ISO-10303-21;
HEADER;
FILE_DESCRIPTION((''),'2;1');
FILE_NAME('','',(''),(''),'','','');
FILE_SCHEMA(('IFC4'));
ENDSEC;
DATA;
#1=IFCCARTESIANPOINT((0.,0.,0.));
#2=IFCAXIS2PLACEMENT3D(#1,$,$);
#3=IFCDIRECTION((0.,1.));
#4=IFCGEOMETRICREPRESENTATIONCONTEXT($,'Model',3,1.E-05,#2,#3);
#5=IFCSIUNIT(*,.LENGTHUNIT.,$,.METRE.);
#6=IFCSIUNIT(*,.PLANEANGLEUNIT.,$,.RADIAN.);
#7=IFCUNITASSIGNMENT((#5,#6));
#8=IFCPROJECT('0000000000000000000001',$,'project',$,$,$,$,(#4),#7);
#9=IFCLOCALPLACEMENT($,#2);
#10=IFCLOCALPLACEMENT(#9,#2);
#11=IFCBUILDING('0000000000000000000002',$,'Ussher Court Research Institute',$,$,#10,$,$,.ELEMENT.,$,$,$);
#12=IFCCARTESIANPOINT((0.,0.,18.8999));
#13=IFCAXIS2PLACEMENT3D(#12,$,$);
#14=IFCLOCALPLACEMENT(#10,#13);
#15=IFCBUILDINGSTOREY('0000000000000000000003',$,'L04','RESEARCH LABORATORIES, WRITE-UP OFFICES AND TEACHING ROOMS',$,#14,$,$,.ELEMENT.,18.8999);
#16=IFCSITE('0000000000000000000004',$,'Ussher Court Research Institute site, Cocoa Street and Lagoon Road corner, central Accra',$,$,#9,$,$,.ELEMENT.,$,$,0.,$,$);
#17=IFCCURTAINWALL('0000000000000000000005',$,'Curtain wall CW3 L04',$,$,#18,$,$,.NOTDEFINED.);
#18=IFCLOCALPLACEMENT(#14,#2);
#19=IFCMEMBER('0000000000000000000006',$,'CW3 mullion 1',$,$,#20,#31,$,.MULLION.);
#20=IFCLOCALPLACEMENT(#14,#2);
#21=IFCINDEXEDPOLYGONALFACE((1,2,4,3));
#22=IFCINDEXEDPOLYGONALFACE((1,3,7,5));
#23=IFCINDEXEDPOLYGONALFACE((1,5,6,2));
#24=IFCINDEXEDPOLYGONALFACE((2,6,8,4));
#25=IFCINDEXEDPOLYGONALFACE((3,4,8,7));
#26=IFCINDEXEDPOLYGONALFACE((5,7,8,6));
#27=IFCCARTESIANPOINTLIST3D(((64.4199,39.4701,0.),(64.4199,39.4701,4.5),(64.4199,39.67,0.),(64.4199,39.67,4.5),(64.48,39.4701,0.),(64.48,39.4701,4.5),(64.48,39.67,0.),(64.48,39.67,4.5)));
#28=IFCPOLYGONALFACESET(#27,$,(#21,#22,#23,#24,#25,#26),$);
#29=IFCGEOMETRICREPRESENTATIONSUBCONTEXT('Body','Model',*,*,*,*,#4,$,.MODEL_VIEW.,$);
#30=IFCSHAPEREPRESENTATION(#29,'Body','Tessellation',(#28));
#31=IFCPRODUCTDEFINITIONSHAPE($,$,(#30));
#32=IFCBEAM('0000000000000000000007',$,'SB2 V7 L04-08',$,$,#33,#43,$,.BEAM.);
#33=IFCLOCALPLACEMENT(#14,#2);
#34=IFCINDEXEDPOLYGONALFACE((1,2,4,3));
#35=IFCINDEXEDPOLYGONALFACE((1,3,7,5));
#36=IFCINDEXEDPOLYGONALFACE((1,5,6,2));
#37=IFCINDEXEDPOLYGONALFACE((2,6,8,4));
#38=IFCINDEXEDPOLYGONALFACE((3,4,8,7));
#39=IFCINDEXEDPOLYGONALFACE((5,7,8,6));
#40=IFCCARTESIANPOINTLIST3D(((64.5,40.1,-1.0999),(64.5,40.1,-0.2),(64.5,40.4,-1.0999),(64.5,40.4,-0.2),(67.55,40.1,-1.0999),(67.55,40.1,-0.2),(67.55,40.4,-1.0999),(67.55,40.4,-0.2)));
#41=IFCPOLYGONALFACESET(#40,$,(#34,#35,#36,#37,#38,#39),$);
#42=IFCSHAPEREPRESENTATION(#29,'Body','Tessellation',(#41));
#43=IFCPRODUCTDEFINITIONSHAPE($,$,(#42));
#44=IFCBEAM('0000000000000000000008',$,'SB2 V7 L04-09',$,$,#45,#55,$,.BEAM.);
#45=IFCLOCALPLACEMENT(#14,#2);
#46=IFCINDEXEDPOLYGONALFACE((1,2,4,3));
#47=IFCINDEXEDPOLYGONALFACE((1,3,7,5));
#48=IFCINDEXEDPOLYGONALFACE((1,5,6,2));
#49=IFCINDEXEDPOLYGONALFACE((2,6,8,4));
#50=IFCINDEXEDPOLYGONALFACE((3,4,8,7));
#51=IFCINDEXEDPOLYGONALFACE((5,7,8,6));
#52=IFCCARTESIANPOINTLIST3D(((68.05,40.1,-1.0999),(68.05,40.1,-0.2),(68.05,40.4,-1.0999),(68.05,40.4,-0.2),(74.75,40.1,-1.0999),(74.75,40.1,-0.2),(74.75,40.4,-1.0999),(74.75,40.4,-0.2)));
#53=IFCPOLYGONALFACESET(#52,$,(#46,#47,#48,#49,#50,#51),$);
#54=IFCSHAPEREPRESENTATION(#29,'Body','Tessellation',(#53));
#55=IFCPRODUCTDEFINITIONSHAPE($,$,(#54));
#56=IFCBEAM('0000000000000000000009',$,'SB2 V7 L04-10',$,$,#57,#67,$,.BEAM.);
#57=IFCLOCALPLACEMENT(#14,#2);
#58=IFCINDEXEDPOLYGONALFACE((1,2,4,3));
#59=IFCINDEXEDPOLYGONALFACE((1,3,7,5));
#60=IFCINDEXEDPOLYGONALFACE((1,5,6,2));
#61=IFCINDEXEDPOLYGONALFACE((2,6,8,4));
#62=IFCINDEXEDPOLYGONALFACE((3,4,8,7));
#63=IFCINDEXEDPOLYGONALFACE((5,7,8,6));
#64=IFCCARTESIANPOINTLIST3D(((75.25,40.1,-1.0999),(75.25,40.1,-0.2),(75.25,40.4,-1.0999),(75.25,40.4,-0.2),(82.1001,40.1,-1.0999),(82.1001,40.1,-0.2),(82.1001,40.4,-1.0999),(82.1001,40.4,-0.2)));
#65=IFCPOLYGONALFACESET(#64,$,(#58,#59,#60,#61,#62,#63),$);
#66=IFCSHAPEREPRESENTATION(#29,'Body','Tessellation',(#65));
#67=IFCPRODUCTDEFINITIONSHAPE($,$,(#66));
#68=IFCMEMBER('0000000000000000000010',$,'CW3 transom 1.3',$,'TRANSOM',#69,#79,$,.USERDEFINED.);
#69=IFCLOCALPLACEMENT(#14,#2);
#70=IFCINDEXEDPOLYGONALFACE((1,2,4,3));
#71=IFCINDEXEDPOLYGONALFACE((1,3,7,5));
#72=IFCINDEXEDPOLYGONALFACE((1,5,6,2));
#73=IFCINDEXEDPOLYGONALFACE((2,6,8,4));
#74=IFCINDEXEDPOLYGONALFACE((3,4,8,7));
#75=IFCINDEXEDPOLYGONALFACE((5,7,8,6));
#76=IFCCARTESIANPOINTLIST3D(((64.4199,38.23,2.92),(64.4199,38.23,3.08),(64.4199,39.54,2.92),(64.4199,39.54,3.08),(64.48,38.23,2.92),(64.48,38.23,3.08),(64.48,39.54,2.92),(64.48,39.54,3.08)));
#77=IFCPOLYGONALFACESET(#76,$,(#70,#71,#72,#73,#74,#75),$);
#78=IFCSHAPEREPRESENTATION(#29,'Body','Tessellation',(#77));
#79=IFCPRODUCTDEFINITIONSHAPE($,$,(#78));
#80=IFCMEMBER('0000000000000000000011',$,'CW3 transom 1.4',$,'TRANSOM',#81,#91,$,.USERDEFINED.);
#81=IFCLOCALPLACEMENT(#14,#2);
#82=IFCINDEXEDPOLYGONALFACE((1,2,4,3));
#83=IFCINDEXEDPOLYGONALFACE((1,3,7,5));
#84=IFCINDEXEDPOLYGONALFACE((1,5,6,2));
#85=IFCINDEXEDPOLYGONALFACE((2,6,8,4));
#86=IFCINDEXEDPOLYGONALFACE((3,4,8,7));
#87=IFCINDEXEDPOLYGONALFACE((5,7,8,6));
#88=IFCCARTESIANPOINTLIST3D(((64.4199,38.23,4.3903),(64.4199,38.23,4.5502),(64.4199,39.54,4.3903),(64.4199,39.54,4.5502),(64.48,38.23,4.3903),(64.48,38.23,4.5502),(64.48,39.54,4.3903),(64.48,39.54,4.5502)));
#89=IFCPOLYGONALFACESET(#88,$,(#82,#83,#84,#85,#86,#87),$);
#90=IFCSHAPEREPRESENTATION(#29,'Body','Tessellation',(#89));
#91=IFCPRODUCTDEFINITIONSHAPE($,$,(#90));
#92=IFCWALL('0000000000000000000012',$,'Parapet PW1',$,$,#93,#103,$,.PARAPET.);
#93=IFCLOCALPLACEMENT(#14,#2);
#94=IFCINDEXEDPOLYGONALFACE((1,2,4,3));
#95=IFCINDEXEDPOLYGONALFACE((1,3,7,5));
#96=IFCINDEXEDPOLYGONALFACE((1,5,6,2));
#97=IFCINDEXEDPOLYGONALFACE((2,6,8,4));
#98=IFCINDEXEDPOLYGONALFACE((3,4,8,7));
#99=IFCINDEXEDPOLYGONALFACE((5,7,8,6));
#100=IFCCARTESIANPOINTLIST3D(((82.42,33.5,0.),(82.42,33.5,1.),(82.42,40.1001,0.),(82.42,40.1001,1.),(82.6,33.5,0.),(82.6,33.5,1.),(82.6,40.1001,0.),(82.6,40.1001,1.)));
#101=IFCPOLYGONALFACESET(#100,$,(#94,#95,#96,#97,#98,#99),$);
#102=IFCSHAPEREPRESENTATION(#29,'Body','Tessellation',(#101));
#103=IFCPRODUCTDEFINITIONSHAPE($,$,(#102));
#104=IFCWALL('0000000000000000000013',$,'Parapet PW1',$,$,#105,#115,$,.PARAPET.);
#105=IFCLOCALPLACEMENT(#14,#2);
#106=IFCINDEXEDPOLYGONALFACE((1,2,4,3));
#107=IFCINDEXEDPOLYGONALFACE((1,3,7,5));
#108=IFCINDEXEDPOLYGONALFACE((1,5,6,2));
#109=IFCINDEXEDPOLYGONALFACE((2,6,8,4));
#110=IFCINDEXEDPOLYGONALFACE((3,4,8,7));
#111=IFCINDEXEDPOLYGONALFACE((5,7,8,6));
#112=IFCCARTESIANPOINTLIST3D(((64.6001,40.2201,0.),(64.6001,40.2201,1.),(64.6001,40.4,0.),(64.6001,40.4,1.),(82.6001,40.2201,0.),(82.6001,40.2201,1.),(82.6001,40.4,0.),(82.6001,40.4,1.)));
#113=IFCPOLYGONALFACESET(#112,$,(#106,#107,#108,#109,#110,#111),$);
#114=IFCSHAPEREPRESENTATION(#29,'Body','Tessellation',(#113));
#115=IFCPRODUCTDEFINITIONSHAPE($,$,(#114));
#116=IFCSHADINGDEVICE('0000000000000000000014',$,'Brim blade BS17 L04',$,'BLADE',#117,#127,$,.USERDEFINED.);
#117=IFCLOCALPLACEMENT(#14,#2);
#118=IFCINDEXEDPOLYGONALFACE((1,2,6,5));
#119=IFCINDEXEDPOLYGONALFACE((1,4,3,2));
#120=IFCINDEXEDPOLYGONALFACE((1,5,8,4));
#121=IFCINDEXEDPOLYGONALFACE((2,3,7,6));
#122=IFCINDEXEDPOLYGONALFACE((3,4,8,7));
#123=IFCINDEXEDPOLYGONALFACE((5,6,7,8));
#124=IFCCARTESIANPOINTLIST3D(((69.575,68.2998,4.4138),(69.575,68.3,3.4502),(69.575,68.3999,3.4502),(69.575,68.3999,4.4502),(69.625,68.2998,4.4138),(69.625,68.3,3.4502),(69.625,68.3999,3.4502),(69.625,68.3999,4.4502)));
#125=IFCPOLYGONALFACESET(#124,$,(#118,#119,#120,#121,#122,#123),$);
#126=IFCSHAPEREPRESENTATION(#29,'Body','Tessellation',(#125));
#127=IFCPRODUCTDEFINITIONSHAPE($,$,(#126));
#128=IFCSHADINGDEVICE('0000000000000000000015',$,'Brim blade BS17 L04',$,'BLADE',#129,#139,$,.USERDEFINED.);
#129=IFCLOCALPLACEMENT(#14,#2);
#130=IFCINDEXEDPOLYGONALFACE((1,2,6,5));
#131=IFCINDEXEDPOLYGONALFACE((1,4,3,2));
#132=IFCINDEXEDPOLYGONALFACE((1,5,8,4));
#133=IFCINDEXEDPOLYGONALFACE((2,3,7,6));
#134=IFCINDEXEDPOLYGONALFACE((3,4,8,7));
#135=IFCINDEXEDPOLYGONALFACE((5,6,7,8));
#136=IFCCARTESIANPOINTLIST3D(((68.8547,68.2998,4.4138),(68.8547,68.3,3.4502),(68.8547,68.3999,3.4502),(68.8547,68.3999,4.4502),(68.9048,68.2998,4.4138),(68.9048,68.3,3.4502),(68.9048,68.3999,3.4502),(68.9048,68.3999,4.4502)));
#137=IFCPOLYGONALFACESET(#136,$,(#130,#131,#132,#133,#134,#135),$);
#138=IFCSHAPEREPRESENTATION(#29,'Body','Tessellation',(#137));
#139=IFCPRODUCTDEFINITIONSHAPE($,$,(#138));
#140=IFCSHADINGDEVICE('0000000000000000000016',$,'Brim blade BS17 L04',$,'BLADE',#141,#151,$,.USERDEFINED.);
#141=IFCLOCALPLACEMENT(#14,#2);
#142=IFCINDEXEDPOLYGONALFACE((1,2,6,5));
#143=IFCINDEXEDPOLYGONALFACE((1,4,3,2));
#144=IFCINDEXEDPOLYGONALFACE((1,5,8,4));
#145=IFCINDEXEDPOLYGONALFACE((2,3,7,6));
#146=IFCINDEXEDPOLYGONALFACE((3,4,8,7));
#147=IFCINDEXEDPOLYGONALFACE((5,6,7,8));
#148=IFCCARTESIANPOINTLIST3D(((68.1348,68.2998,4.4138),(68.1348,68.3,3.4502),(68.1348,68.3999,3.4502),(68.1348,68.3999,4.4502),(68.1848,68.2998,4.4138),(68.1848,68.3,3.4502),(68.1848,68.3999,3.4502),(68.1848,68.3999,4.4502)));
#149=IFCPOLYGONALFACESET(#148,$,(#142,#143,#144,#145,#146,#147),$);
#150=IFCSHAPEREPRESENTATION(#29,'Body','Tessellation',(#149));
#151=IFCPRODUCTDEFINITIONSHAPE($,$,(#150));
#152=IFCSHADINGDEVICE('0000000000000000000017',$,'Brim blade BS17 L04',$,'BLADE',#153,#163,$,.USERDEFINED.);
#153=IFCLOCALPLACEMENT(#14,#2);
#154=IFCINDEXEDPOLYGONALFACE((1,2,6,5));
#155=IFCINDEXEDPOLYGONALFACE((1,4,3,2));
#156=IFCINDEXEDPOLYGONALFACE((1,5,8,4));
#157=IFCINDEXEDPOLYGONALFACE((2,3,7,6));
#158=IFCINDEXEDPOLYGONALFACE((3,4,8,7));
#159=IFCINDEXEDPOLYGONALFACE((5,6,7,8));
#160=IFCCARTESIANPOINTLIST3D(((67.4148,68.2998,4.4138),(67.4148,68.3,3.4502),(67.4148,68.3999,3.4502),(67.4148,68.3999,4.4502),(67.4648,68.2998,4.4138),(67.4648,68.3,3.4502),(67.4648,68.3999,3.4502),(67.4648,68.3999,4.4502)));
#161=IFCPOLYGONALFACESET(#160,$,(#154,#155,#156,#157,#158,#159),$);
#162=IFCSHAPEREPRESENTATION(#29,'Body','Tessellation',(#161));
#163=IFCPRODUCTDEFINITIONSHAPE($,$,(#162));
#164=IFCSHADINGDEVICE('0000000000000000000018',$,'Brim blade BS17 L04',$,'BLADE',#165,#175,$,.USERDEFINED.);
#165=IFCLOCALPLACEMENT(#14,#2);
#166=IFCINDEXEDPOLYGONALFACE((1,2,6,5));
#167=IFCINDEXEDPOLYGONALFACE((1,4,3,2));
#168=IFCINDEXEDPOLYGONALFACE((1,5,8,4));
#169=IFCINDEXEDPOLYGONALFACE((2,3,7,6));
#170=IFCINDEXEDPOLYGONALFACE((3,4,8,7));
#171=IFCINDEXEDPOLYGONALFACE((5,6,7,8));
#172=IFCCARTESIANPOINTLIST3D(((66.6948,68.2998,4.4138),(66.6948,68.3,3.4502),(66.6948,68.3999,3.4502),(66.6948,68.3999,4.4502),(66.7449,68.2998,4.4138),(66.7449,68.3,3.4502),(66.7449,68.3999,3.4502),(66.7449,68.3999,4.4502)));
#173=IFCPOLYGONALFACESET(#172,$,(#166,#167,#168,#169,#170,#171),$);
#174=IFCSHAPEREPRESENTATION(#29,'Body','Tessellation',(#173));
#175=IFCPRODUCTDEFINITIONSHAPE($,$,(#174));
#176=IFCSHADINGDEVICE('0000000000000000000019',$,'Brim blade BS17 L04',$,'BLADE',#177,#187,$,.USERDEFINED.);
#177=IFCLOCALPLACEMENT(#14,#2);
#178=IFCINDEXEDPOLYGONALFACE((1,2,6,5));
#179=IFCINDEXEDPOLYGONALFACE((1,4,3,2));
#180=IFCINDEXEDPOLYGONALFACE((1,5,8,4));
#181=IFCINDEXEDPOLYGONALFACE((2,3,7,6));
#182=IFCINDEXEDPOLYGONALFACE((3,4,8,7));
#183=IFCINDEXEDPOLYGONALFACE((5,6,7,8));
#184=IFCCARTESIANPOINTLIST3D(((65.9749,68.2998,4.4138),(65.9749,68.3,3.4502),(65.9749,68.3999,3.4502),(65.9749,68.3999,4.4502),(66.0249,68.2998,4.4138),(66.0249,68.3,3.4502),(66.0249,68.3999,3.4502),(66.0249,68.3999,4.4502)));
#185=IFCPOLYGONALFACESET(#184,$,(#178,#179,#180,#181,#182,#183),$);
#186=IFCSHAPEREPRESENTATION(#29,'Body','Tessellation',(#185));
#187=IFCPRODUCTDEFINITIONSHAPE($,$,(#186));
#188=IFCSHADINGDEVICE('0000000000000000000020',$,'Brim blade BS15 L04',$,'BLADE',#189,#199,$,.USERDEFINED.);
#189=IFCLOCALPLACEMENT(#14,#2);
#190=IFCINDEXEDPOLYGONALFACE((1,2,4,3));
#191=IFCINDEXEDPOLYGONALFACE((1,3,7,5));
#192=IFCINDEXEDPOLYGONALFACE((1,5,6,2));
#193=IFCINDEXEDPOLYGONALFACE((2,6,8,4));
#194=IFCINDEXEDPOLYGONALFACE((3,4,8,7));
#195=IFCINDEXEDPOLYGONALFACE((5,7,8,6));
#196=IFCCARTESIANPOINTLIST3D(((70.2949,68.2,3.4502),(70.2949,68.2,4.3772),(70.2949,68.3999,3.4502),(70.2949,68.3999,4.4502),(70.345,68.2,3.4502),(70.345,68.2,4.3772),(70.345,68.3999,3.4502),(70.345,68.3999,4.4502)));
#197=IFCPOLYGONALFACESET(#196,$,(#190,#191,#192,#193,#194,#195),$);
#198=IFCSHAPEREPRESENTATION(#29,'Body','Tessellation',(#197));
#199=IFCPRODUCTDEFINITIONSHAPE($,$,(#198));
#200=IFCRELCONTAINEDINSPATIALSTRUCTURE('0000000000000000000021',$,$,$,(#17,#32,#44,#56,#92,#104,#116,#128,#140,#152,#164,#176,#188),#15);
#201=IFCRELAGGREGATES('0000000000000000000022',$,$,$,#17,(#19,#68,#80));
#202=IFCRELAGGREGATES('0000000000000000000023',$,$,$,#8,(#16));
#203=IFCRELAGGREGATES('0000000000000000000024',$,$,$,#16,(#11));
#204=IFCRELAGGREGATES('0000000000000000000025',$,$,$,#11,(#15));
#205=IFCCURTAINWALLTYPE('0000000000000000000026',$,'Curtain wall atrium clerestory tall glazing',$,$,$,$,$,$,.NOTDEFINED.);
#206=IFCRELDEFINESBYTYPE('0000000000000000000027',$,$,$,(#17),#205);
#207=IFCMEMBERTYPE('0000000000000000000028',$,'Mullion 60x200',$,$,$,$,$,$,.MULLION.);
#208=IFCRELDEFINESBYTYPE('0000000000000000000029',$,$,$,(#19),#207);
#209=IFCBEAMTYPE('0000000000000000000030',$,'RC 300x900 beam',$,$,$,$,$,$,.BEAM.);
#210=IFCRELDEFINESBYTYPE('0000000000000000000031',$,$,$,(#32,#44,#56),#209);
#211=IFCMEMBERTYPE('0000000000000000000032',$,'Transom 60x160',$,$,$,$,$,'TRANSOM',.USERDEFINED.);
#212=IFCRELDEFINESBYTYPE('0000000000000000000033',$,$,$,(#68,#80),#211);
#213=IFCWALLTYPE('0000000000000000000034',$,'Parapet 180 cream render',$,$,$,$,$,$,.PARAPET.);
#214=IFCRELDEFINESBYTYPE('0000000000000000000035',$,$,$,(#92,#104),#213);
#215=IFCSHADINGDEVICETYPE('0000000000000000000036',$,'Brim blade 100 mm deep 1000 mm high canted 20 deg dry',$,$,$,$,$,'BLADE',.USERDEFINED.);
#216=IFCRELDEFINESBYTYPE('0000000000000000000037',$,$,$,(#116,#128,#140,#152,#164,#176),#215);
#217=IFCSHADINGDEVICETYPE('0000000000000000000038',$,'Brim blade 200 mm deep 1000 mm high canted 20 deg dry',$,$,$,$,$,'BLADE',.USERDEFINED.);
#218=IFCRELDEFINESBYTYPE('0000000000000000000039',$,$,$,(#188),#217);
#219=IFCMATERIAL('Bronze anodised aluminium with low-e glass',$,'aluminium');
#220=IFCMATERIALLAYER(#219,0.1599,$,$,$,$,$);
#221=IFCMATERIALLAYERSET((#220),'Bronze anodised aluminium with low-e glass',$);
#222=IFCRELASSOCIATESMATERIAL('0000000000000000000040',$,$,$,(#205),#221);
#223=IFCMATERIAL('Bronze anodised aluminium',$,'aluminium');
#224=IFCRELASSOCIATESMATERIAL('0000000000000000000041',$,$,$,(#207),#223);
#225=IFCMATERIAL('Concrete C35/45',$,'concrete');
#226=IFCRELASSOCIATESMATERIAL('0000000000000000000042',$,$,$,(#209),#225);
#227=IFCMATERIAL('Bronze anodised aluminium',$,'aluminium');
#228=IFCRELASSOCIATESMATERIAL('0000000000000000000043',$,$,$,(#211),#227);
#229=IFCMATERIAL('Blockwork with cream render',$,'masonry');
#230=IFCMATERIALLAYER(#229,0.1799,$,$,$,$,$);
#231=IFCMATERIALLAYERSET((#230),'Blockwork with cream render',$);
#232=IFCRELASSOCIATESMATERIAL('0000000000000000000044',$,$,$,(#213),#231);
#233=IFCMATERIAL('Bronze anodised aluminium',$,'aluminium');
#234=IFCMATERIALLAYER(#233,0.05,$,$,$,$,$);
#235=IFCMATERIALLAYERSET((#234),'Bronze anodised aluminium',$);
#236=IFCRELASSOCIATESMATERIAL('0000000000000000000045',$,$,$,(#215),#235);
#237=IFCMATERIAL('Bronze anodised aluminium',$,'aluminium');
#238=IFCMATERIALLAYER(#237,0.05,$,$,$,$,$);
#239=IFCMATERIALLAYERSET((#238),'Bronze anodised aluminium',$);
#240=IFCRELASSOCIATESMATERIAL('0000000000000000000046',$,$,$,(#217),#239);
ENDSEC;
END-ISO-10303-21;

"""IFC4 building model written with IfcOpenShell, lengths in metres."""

from ifc_helpers import new_model, si_unit, direction, frame, frame_2d, origin, origin_2d, place, context, subcontext, project, spatial, polyline, rectangle, outline, extrude, material, layer, layer_set, material_profile, profile_set, type_object, element, aggregate, save


model = new_model("IFC4")

# Units and contexts
model_context = context("Model", 3, precision=1e-05, world=origin(), true_north=direction((0.0, 1.0)))
body_context = subcontext(model_context, "Body", "Model", "MODEL_VIEW")
ifc_project = project(units=[si_unit("LENGTHUNIT", "METRE"), si_unit("PLANEANGLEUNIT", "RADIAN")], contexts=[model_context])

# Site, building, storey
site_placement = place(None, origin())
site = spatial("IfcSite", under=ifc_project, at=site_placement, Name="Ussher Court Research Institute site, Cocoa Street and Lagoon Road corner, central Accra", CompositionType="ELEMENT", RefElevation=0.0)
building_placement = place(site_placement, origin())
building = spatial("IfcBuilding", under=site, at=building_placement, Name="Ussher Court Research Institute", CompositionType="ELEMENT")
storey_placement = place(building_placement, frame((0.0, 0.0, 18.8999)))
storey = spatial("IfcBuildingStorey", under=building, at=storey_placement, Name="L04", Description="RESEARCH LABORATORIES, WRITE-UP OFFICES AND TEACHING ROOMS", CompositionType="ELEMENT", Elevation=18.8999)

# Curtain wall, member
ifc_material_1 = material(Name="Bronze anodised aluminium with low-e glass", Category="aluminium")
ifc_layer_1 = layer(ifc_material_1, 0.1599)
ifc_layer_set_1 = layer_set([ifc_layer_1], Name="Bronze anodised aluminium with low-e glass")
curtain_wall_type = type_object("IfcCurtainWallType", Name="Curtain wall atrium clerestory tall glazing", PredefinedType="NOTDEFINED", material=ifc_layer_set_1)
curtain_wall_placement = place(storey_placement, origin())
curtain_wall = element("IfcCurtainWall", 1, at=curtain_wall_placement, inside=storey, type_object=curtain_wall_type, Name="Curtain wall CW3 L04", PredefinedType="NOTDEFINED")
ifc_material_2 = material(Name="Bronze anodised aluminium", Category="aluminium")
ifc_material_profile_1 = material_profile(ifc_material_2, rectangle(XDim=0.0601, YDim=0.2, at=origin_2d()), Name="Mullion 60x200")
ifc_profile_set_1 = profile_set([ifc_material_profile_1], Name="Bronze anodised aluminium")
member_type_1 = type_object("IfcMemberType", Name="Mullion 60x200", PredefinedType="MULLION", material=ifc_profile_set_1)
member_1_placement = place(storey_placement, frame((64.45, 39.5701, 0.0), z_axis=(0.0, 0.0, 1.0), x_axis=(1.0, 0.0, 0.0)))
member_1 = element("IfcMember", 2, at=member_1_placement, type_object=member_type_1, Name="CW3 mullion 1", PredefinedType="MULLION", context=body_context, shape_type="SweptSolid", body=[
    extrude(rectangle(XDim=0.0601, YDim=0.2, at=origin_2d()), origin(), (0.0, 0.0, 1.0), 4.5),
])

# Beams
ifc_material_3 = material(Name="Concrete C35/45", Category="concrete")
ifc_material_profile_2 = material_profile(ifc_material_3, rectangle(XDim=0.3, YDim=0.8999, at=origin_2d()), Name="RC 300x900")
ifc_profile_set_2 = profile_set([ifc_material_profile_2], Name="Concrete C35/45")
beam_type = type_object("IfcBeamType", Name="RC 300x900 beam", PredefinedType="BEAM", material=ifc_profile_set_2)
beam_1_placement = place(storey_placement, frame((64.5, 40.25, -0.6499), z_axis=(1.0, 0.0, 0.0), x_axis=(0.0, 1.0, 0.0)))
element("IfcBeam", 3, at=beam_1_placement, inside=storey, type_object=beam_type, Name="SB2 V7 L04-08", PredefinedType="BEAM", context=body_context, shape_type="SweptSolid", body=[
    extrude(rectangle(XDim=0.3, YDim=0.8999, at=origin_2d()), origin(), (0.0, 0.0, 1.0), 3.05),
])
beam_2_placement = place(storey_placement, frame((68.05, 40.25, -0.6499), z_axis=(1.0, 0.0, 0.0), x_axis=(0.0, 1.0, 0.0)))
element("IfcBeam", 4, at=beam_2_placement, inside=storey, type_object=beam_type, Name="SB2 V7 L04-09", PredefinedType="BEAM", context=body_context, shape_type="SweptSolid", body=[
    extrude(rectangle(XDim=0.3, YDim=0.8999, at=origin_2d()), origin(), (0.0, 0.0, 1.0), 6.7),
])
beam_3_placement = place(storey_placement, frame((75.25, 40.25, -0.6499), z_axis=(1.0, 0.0, 0.0), x_axis=(0.0, 1.0, 0.0)))
element("IfcBeam", 5, at=beam_3_placement, inside=storey, type_object=beam_type, Name="SB2 V7 L04-10", PredefinedType="BEAM", context=body_context, shape_type="SweptSolid", body=[
    extrude(rectangle(XDim=0.3, YDim=0.8999, at=origin_2d()), origin(), (0.0, 0.0, 1.0), 6.8501),
])

# Members
ifc_material_4 = material(Name="Bronze anodised aluminium", Category="aluminium")
ifc_material_profile_3 = material_profile(ifc_material_4, rectangle(XDim=0.0601, YDim=0.1599, at=origin_2d()), Name="Transom 60x160")
ifc_profile_set_3 = profile_set([ifc_material_profile_3], Name="Bronze anodised aluminium")
member_type_2 = type_object("IfcMemberType", Name="Transom 60x160", ElementType="TRANSOM", PredefinedType="USERDEFINED", material=ifc_profile_set_3)
member_2_placement = place(storey_placement, frame((64.45, 39.54, 3.0), z_axis=(0.0, -1.0, 0.0), x_axis=(1.0, 0.0, 0.0)))
member_2 = element("IfcMember", 6, at=member_2_placement, type_object=member_type_2, Name="CW3 transom 1.3", ObjectType="TRANSOM", PredefinedType="USERDEFINED", context=body_context, shape_type="SweptSolid", body=[
    extrude(rectangle(XDim=0.0601, YDim=0.1599, at=origin_2d()), origin(), (0.0, 0.0, 1.0), 1.3101),
])
member_3_placement = place(storey_placement, frame((64.45, 39.54, 4.4702), z_axis=(0.0, -1.0, 0.0), x_axis=(1.0, 0.0, 0.0)))
member_3 = element("IfcMember", 7, at=member_3_placement, type_object=member_type_2, Name="CW3 transom 1.4", ObjectType="TRANSOM", PredefinedType="USERDEFINED", context=body_context, shape_type="SweptSolid", body=[
    extrude(rectangle(XDim=0.0601, YDim=0.1599, at=origin_2d()), origin(), (0.0, 0.0, 1.0), 1.3101),
])
aggregate(curtain_wall, [member_1, member_2, member_3])

# Walls
ifc_material_5 = material(Name="Blockwork with cream render", Category="masonry")
ifc_layer_2 = layer(ifc_material_5, 0.1799)
ifc_layer_set_2 = layer_set([ifc_layer_2], Name="Blockwork with cream render")
wall_type = type_object("IfcWallType", Name="Parapet 180 cream render", PredefinedType="PARAPET", material=ifc_layer_set_2)
wall_1_placement = place(storey_placement, frame((82.51, 33.5, 0.0), z_axis=(0.0, 0.0, 1.0), x_axis=(0.0, 1.0, 0.0)))
element("IfcWall", 8, at=wall_1_placement, inside=storey, type_object=wall_type, Name="Parapet PW1", PredefinedType="PARAPET", context=body_context, shape_type="SweptSolid", body=[
    extrude(rectangle(XDim=6.6001, YDim=0.1799, at=frame_2d((3.3, 0.0))), origin(), (0.0, 0.0, 1.0), 1.0),
])
wall_2_placement = place(storey_placement, frame((82.6001, 40.3101, 0.0), z_axis=(0.0, 0.0, 1.0), x_axis=(-1.0, 0.0, 0.0)))
element("IfcWall", 9, at=wall_2_placement, inside=storey, type_object=wall_type, Name="Parapet PW1", PredefinedType="PARAPET", context=body_context, shape_type="SweptSolid", body=[
    extrude(rectangle(XDim=18.0, YDim=0.1799, at=frame_2d((9.0, 0.0))), origin(), (0.0, 0.0, 1.0), 1.0),
])

# Shading devices
ifc_material_6 = material(Name="Bronze anodised aluminium", Category="aluminium")
ifc_layer_3 = layer(ifc_material_6, 0.05)
ifc_layer_set_3 = layer_set([ifc_layer_3], Name="Bronze anodised aluminium")
shading_device_type_1 = type_object("IfcShadingDeviceType", Name="Brim blade 100 mm deep 1000 mm high canted 20 deg dry", ElementType="BLADE", PredefinedType="USERDEFINED", material=ifc_layer_set_3)
for number, where, z_axis, x_axis, name in (
    (10, (69.6001, 68.3999, 3.4502), (0.0, 0.0, 1.0), (0.0, -1.0, 0.0), "Brim blade BS17 L04"),
    (11, (68.8799, 68.3999, 3.4502), (0.0, 0.0, 1.0), (0.0, -1.0, 0.0), "Brim blade BS17 L04"),
    (12, (68.1599, 68.3999, 3.4502), (0.0, 0.0, 1.0), (0.0, -1.0, 0.0), "Brim blade BS17 L04"),
    (13, (67.4399, 68.3999, 3.4502), (0.0, 0.0, 1.0), (0.0, -1.0, 0.0), "Brim blade BS17 L04"),
    (14, (66.72, 68.3999, 3.4502), (0.0, 0.0, 1.0), (0.0, -1.0, 0.0), "Brim blade BS17 L04"),
    (15, (66.0, 68.3999, 3.4502), (0.0, 0.0, 1.0), (0.0, -1.0, 0.0), "Brim blade BS17 L04"),
):
    element("IfcShadingDevice", number, at=place(storey_placement, frame(where, z_axis=z_axis, x_axis=x_axis)), inside=storey, type_object=shading_device_type_1, Name=name, ObjectType="BLADE", PredefinedType="USERDEFINED", context=body_context, shape_type="SweptSolid", body=[
        extrude(outline(polyline([(0.0, 0.0), (0.0999, 0.0), (0.1001, 0.9636), (0.0, 1.0), (0.0, 0.0)])), frame((0.0, 0.0249, 0.0), z_axis=(0.0, -1.0, 0.0), x_axis=(1.0, 0.0, 0.0)), (0.0, 0.0, 1.0), 0.05),
    ])
ifc_material_7 = material(Name="Bronze anodised aluminium", Category="aluminium")
ifc_layer_4 = layer(ifc_material_7, 0.05)
ifc_layer_set_4 = layer_set([ifc_layer_4], Name="Bronze anodised aluminium")
shading_device_type_2 = type_object("IfcShadingDeviceType", Name="Brim blade 200 mm deep 1000 mm high canted 20 deg dry", ElementType="BLADE", PredefinedType="USERDEFINED", material=ifc_layer_set_4)
for number, where, z_axis, x_axis, name in (
    (16, (70.3201, 68.3999, 3.4502), (0.0, 0.0, 1.0), (0.0, -1.0, 0.0), "Brim blade BS15 L04"),
):
    element("IfcShadingDevice", number, at=place(storey_placement, frame(where, z_axis=z_axis, x_axis=x_axis)), inside=storey, type_object=shading_device_type_2, Name=name, ObjectType="BLADE", PredefinedType="USERDEFINED", context=body_context, shape_type="SweptSolid", body=[
        extrude(outline(polyline([(0.0, 0.0), (0.2, 0.0), (0.2, 0.927), (0.0, 1.0), (0.0, 0.0)])), frame((0.0, 0.0249, 0.0), z_axis=(0.0, -1.0, 0.0), x_axis=(1.0, 0.0, 0.0)), (0.0, 0.0, 1.0), 0.05),
    ])

save(model, "model.ifc")
